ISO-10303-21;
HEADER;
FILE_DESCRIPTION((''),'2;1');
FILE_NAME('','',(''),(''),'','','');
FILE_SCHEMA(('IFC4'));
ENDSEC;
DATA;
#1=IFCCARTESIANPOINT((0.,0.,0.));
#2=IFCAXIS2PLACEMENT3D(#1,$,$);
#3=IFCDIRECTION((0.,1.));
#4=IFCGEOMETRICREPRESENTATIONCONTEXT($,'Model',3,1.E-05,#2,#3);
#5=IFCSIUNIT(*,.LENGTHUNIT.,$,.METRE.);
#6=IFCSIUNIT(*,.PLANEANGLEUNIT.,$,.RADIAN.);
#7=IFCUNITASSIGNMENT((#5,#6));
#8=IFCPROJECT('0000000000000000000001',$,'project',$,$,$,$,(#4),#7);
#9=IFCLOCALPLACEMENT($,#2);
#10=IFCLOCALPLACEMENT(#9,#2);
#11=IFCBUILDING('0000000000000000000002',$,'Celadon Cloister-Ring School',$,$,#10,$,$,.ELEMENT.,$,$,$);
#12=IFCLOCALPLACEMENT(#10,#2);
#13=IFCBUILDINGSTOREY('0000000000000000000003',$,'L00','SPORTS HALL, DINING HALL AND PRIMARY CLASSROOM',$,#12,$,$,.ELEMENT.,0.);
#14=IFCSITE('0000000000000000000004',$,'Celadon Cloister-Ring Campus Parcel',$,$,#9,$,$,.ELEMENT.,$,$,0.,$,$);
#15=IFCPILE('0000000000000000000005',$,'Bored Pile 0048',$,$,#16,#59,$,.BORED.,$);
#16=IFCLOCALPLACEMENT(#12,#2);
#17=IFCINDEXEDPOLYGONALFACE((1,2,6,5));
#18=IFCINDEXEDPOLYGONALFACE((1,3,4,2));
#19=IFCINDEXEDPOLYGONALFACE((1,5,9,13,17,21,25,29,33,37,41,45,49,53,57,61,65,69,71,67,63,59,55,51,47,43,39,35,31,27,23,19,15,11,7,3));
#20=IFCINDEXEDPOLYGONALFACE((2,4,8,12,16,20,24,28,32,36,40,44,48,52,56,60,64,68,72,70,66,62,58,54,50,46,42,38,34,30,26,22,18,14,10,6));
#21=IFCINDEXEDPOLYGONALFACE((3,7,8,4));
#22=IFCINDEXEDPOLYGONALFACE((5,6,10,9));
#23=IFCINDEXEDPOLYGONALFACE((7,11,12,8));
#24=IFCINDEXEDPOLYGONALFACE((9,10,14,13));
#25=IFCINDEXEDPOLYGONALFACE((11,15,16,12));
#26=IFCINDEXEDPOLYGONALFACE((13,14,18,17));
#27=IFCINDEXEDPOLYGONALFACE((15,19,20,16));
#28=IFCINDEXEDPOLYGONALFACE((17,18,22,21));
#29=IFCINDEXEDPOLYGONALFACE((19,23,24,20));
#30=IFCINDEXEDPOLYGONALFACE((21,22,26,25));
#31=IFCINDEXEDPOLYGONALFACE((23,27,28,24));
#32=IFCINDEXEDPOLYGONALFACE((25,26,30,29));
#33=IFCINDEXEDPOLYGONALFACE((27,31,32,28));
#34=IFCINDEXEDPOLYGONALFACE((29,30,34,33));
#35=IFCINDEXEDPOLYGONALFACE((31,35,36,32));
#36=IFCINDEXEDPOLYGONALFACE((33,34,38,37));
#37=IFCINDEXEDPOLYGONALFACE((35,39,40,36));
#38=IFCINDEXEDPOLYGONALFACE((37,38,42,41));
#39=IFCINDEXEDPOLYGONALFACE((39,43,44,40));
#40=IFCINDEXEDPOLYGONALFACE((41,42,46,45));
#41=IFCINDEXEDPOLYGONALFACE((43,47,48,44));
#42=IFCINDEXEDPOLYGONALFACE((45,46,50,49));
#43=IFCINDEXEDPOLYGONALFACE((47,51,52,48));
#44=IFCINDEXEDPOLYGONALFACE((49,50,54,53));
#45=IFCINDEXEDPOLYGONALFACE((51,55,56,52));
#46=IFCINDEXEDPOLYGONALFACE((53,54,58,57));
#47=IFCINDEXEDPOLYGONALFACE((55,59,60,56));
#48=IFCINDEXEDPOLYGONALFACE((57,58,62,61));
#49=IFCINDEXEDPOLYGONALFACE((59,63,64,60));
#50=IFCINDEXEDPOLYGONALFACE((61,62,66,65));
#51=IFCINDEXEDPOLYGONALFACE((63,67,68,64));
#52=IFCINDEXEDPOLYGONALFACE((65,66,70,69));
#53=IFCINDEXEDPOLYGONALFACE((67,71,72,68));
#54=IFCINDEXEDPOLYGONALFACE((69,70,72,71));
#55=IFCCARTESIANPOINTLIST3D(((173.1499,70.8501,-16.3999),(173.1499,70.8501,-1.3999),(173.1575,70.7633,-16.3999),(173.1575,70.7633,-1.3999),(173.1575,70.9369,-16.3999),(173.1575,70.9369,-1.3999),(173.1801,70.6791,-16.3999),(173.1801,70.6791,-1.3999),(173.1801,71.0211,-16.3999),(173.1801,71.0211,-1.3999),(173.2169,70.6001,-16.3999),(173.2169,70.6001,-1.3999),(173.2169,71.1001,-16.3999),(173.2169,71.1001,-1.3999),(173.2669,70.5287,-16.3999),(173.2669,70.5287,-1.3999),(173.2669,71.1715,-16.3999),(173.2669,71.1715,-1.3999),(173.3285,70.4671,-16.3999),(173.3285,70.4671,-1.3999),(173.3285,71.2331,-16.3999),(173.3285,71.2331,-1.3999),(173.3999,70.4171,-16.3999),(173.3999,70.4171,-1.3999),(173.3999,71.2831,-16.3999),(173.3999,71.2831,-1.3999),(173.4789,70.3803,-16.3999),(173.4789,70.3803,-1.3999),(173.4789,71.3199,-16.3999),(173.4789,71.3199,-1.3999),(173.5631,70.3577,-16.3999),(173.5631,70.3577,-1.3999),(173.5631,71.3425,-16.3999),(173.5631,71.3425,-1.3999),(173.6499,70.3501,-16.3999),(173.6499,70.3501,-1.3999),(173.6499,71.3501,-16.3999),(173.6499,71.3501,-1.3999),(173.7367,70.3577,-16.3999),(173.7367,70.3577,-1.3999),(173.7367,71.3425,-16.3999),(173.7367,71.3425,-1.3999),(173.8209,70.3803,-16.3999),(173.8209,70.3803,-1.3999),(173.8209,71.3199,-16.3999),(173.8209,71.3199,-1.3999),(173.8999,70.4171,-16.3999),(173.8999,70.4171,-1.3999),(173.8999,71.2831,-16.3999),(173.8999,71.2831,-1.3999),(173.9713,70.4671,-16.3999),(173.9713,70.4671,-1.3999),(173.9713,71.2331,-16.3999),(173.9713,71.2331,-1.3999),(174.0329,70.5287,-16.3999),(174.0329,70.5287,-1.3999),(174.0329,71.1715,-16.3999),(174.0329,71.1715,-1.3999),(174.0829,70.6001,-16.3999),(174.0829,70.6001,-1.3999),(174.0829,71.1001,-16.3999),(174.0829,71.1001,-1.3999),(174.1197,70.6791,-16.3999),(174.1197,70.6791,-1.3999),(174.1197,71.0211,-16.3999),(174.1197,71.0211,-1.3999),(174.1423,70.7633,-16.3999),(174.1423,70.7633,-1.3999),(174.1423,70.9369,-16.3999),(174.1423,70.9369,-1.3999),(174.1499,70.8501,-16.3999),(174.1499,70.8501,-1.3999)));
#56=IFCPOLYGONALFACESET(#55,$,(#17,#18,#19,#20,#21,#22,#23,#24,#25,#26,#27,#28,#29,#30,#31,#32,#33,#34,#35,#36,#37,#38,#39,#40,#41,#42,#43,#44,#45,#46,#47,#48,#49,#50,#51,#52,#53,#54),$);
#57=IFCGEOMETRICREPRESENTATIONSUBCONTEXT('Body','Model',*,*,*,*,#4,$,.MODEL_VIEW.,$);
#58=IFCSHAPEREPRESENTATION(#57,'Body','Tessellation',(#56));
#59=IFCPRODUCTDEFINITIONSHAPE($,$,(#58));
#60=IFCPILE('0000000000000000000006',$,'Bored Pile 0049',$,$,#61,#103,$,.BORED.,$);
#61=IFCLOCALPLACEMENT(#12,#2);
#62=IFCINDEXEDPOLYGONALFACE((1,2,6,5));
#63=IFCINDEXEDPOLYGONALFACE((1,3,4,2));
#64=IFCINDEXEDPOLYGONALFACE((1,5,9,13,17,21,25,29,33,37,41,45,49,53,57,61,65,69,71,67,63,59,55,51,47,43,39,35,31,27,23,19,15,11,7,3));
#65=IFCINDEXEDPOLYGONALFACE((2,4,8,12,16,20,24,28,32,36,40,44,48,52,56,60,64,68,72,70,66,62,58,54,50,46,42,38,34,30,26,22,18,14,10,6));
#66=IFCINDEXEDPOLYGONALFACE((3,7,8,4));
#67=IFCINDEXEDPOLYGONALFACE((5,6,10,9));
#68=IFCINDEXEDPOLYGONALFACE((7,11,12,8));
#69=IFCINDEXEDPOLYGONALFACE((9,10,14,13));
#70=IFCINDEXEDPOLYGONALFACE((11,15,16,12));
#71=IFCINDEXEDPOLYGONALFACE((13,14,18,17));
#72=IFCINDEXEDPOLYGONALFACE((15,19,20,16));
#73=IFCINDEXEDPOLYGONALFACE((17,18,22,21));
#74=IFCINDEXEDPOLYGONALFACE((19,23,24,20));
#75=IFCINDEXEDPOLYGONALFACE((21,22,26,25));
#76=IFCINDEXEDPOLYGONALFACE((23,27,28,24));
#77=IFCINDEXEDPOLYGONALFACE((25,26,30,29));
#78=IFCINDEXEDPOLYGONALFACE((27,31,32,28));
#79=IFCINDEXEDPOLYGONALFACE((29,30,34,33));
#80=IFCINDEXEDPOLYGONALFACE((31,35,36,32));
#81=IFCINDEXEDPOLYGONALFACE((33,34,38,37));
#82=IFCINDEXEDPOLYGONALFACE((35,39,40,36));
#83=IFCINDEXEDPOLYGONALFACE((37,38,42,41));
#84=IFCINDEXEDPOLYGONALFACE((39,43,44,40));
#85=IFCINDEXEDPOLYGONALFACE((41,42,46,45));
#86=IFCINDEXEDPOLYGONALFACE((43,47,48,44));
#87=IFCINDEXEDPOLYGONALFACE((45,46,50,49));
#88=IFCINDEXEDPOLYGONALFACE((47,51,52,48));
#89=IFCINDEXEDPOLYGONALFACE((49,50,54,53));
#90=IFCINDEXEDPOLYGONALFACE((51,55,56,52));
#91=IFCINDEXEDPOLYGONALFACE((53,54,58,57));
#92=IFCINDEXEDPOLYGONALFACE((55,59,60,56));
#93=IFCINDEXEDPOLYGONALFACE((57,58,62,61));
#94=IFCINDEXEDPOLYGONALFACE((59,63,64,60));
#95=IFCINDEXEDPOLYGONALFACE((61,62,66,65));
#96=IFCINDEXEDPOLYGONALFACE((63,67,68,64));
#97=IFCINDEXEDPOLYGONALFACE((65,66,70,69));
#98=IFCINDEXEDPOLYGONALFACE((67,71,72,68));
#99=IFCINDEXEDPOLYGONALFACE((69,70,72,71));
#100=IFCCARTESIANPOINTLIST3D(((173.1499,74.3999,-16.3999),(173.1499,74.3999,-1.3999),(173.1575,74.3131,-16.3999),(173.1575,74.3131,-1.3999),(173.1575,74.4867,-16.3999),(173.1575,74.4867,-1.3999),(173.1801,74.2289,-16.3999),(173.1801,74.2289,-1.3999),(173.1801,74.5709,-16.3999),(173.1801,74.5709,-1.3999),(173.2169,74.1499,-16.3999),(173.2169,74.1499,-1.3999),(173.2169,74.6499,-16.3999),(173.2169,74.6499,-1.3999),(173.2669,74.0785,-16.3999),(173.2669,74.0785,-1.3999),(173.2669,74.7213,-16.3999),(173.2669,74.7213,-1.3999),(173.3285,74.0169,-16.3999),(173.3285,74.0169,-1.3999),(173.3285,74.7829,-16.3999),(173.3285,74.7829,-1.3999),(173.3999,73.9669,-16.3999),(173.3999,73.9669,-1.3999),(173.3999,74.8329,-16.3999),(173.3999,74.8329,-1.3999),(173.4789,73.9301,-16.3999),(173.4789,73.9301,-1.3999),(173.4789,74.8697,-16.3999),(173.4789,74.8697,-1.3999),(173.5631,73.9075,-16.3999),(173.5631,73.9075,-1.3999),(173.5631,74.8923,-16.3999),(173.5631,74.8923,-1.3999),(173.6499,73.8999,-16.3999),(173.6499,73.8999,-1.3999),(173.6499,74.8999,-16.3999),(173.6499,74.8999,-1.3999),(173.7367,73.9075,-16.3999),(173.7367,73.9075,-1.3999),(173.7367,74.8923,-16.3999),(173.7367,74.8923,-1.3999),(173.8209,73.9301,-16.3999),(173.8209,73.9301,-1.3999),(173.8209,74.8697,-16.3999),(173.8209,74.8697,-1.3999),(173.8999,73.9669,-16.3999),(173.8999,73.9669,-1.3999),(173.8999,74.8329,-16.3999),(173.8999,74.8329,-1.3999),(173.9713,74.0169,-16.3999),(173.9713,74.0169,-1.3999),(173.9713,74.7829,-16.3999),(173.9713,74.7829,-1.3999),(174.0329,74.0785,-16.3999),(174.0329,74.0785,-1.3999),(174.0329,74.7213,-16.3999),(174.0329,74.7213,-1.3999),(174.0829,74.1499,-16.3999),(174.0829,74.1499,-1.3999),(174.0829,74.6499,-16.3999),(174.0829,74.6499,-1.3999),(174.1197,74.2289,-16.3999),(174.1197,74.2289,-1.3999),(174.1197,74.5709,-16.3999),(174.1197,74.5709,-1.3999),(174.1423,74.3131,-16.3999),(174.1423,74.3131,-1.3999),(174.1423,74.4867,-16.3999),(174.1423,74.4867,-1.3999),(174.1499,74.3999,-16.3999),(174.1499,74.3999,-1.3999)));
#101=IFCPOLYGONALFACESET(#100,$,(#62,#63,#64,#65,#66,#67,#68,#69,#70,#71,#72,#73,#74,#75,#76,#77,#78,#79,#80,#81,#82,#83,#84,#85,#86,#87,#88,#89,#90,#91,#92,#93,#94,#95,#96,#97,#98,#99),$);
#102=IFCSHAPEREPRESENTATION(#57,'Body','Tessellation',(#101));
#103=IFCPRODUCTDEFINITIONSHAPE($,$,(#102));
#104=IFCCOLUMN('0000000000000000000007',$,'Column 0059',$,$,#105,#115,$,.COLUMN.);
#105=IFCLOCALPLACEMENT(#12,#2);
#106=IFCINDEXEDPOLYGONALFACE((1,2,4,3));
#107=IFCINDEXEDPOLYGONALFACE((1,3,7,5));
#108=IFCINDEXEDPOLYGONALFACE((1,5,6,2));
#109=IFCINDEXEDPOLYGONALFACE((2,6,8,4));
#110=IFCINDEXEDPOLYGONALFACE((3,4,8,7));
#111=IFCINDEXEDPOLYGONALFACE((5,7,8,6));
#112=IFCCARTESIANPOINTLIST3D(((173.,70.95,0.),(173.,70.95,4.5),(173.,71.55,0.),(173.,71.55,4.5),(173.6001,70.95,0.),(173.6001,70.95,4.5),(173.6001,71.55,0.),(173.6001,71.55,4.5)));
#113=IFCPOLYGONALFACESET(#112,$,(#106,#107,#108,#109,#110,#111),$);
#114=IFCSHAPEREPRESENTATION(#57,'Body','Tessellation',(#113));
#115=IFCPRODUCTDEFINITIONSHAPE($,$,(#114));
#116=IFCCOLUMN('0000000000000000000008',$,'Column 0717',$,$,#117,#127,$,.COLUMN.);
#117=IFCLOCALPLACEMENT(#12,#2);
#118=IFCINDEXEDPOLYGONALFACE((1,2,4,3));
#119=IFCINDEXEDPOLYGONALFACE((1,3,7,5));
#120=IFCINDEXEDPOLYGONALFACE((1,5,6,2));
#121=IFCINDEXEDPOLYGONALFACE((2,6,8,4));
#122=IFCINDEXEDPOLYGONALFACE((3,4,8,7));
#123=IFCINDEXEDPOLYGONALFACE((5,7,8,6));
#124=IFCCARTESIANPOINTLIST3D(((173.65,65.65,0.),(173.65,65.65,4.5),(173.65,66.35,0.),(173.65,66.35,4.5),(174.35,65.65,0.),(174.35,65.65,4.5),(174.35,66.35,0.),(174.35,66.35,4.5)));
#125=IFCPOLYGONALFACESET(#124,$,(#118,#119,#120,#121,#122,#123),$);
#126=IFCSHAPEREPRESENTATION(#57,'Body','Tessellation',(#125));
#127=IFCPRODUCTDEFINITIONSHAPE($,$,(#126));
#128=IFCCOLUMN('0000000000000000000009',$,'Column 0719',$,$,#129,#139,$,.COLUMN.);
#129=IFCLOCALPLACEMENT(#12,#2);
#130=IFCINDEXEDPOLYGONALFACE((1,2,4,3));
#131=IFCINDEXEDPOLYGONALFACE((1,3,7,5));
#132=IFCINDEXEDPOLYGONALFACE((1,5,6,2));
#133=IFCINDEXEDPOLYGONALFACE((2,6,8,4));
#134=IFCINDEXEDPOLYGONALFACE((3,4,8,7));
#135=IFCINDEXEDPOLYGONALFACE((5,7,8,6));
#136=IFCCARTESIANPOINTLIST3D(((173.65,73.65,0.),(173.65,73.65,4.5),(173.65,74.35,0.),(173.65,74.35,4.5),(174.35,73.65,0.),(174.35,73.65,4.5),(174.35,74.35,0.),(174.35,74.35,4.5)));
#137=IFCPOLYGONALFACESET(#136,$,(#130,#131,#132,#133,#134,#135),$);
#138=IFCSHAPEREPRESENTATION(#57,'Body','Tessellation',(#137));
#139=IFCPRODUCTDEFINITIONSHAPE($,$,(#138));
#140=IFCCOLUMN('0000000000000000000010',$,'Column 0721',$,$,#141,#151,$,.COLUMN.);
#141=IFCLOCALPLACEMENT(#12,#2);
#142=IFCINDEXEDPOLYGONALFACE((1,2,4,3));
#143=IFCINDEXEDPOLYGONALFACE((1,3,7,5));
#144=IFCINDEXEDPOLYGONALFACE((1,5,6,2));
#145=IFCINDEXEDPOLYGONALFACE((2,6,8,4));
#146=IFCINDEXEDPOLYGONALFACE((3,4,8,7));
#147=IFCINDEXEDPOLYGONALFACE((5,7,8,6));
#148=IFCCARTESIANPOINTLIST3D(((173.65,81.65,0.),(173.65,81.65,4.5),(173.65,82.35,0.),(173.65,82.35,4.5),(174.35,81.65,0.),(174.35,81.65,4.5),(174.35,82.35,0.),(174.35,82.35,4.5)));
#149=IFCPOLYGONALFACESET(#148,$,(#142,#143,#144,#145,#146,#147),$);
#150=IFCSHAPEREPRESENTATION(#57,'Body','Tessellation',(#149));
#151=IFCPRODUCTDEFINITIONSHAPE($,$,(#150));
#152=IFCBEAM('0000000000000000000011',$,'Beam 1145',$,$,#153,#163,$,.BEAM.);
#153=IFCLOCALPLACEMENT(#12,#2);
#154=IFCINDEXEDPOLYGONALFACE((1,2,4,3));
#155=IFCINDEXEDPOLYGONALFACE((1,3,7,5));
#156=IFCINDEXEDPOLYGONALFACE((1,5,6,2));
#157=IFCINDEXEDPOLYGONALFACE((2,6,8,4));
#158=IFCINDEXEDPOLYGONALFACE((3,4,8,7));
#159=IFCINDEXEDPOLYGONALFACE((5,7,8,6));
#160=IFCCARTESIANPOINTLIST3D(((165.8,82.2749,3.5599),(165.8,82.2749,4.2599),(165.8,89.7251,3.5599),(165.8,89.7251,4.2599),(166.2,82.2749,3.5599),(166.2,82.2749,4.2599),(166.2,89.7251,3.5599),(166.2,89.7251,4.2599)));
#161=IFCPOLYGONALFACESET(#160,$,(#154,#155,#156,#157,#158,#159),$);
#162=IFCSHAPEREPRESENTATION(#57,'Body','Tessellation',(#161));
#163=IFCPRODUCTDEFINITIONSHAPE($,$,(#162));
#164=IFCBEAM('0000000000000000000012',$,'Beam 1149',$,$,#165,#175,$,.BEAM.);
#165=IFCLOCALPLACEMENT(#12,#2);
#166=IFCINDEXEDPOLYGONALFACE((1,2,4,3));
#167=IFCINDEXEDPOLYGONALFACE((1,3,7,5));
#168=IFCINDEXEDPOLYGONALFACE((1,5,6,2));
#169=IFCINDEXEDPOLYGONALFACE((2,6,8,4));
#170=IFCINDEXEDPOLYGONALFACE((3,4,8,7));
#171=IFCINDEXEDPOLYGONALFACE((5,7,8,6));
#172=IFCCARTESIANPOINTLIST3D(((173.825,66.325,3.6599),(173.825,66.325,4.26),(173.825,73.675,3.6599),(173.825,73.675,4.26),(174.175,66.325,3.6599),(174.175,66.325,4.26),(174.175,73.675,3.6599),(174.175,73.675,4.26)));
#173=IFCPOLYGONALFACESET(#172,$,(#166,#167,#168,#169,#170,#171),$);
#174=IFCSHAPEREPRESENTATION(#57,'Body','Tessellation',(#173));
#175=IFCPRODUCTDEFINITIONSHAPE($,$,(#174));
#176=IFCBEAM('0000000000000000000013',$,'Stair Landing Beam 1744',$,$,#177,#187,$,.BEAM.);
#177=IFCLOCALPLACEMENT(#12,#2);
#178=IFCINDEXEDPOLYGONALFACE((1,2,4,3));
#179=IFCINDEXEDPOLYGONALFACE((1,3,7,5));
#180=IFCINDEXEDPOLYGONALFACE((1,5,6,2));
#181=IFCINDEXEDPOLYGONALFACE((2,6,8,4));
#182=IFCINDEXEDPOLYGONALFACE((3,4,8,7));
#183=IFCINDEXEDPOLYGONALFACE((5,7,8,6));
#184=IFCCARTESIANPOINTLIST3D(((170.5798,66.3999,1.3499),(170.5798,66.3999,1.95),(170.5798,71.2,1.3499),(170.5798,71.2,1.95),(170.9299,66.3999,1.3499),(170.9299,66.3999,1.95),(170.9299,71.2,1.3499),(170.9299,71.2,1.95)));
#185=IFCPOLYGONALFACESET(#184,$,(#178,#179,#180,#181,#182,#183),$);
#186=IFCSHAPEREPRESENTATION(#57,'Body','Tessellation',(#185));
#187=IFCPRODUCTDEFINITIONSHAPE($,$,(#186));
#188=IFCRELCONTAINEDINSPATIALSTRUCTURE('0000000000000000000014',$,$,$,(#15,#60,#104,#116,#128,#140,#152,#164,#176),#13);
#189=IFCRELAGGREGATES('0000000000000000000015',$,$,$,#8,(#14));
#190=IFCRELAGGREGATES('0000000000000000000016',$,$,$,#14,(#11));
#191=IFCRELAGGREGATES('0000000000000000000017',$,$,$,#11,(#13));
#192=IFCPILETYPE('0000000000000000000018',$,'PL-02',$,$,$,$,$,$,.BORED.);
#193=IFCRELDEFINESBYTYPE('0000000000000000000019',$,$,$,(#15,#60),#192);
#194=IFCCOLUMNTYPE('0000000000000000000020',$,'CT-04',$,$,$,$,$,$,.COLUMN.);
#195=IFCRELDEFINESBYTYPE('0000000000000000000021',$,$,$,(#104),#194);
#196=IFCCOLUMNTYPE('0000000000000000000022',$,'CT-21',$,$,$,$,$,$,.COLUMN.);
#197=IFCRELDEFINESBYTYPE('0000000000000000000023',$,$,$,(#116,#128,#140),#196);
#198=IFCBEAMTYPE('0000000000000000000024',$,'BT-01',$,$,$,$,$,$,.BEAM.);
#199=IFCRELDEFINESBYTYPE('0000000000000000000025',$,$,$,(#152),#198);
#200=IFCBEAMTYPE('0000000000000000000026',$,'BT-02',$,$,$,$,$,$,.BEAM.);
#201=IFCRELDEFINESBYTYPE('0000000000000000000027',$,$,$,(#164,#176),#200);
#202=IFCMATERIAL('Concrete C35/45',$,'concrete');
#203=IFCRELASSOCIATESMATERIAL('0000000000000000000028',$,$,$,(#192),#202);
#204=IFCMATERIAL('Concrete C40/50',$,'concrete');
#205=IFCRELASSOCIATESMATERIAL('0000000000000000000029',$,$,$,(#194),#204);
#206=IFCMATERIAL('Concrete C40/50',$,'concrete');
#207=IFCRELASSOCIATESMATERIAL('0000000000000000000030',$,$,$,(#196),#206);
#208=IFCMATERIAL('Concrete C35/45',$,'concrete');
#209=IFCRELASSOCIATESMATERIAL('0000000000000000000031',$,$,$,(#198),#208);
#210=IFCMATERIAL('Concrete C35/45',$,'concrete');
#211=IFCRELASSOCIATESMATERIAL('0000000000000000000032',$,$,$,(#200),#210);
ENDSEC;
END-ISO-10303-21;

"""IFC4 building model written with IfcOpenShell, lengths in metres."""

from ifc_helpers import new_model, si_unit, direction, frame, origin, origin_2d, place, context, subcontext, project, spatial, rectangle, circle, extrude, material, material_profile, profile_set, type_object, element, save


model = new_model("IFC4")

# Units and contexts
model_context = context("Model", 3, precision=1e-05, world=origin(), true_north=direction((0.0, 1.0)))
body_context = subcontext(model_context, "Body", "Model", "MODEL_VIEW")
ifc_project = project(units=[si_unit("LENGTHUNIT", "METRE"), si_unit("PLANEANGLEUNIT", "RADIAN")], contexts=[model_context])

# Site, building, storey
site_placement = place(None, origin())
site = spatial("IfcSite", under=ifc_project, at=site_placement, Name="Celadon Cloister-Ring Campus Parcel", CompositionType="ELEMENT", RefElevation=0.0)
building_placement = place(site_placement, origin())
building = spatial("IfcBuilding", under=site, at=building_placement, Name="Celadon Cloister-Ring School", CompositionType="ELEMENT")
storey_placement = place(building_placement, origin())
storey = spatial("IfcBuildingStorey", under=building, at=storey_placement, Name="L00", Description="SPORTS HALL, DINING HALL AND PRIMARY CLASSROOM", CompositionType="ELEMENT", Elevation=0.0)

# Piles
ifc_material_1 = material(Name="Concrete C35/45", Category="concrete")
ifc_material_profile_1 = material_profile(ifc_material_1, circle(Radius=0.5, at=origin_2d()), Name="PILE1000")
ifc_profile_set_1 = profile_set([ifc_material_profile_1], Name="Concrete C35/45")
pile_type_1 = type_object("IfcPileType", Name="PL-02", PredefinedType="BORED", material=ifc_profile_set_1)
for number, where, z_axis, x_axis, name in (
    (1, (173.6499, 70.8501, -1.3999), (0.0, 0.0, -1.0), (1.0, 0.0, 0.0), "Bored Pile 0048"),
    (2, (173.6499, 74.3999, -1.3999), (0.0, 0.0, -1.0), (1.0, 0.0, 0.0), "Bored Pile 0049"),
):
    element("IfcPile", number, at=place(storey_placement, frame(where, z_axis=z_axis, x_axis=x_axis)), inside=storey, type_object=pile_type_1, Name=name, PredefinedType="BORED", context=body_context, shape_type="SweptSolid", body=[
        extrude(circle(Radius=0.5, at=origin_2d()), origin(), (0.0, 0.0, 1.0), 15.0),
    ])

# Columns
ifc_material_2 = material(Name="Concrete C40/50", Category="concrete")
ifc_material_profile_2 = material_profile(ifc_material_2, rectangle(XDim=0.6001, YDim=0.6001, at=origin_2d()), Name="RC600X600")
ifc_profile_set_2 = profile_set([ifc_material_profile_2], Name="Concrete C40/50")
column_type_1 = type_object("IfcColumnType", Name="CT-04", PredefinedType="COLUMN", material=ifc_profile_set_2)
column_placement = place(storey_placement, frame((173.3, 71.25, 0.0), z_axis=(0.0, 0.0, 1.0), x_axis=(1.0, 0.0, 0.0)))
element("IfcColumn", 3, at=column_placement, inside=storey, type_object=column_type_1, Name="Column 0059", PredefinedType="COLUMN", context=body_context, shape_type="SweptSolid", body=[
    extrude(rectangle(XDim=0.6001, YDim=0.6001, at=origin_2d()), origin(), (0.0, 0.0, 1.0), 4.5),
])
ifc_material_3 = material(Name="Concrete C40/50", Category="concrete")
ifc_material_profile_3 = material_profile(ifc_material_3, rectangle(XDim=0.7, YDim=0.7, at=origin_2d()), Name="RC700X700")
ifc_profile_set_3 = profile_set([ifc_material_profile_3], Name="Concrete C40/50")
column_type_2 = type_object("IfcColumnType", Name="CT-21", PredefinedType="COLUMN", material=ifc_profile_set_3)
for number, where, z_axis, x_axis, name in (
    (4, (174.0, 66.0, 0.0), (0.0, 0.0, 1.0), (1.0, 0.0, 0.0), "Column 0717"),
    (5, (174.0, 74.0, 0.0), (0.0, 0.0, 1.0), (1.0, 0.0, 0.0), "Column 0719"),
    (6, (174.0, 82.0, 0.0), (0.0, 0.0, 1.0), (1.0, 0.0, 0.0), "Column 0721"),
):
    element("IfcColumn", number, at=place(storey_placement, frame(where, z_axis=z_axis, x_axis=x_axis)), inside=storey, type_object=column_type_2, Name=name, PredefinedType="COLUMN", context=body_context, shape_type="SweptSolid", body=[
        extrude(rectangle(XDim=0.7, YDim=0.7, at=origin_2d()), origin(), (0.0, 0.0, 1.0), 4.5),
    ])

# Beams
ifc_material_4 = material(Name="Concrete C35/45", Category="concrete")
ifc_material_profile_4 = material_profile(ifc_material_4, rectangle(XDim=0.3999, YDim=0.7, at=origin_2d()), Name="RC400X700")
ifc_profile_set_4 = profile_set([ifc_material_profile_4], Name="Concrete C35/45")
beam_type_1 = type_object("IfcBeamType", Name="BT-01", PredefinedType="BEAM", material=ifc_profile_set_4)
beam_1_placement = place(storey_placement, frame((166.0, 82.2749, 3.9099), z_axis=(0.0, 1.0, 0.0), x_axis=(-1.0, 0.0, 0.0)))
element("IfcBeam", 7, at=beam_1_placement, inside=storey, type_object=beam_type_1, Name="Beam 1145", PredefinedType="BEAM", context=body_context, shape_type="SweptSolid", body=[
    extrude(rectangle(XDim=0.3999, YDim=0.7, at=origin_2d()), origin(), (0.0, 0.0, 1.0), 7.4502),
])
ifc_material_5 = material(Name="Concrete C35/45", Category="concrete")
ifc_material_profile_5 = material_profile(ifc_material_5, rectangle(XDim=0.3501, YDim=0.6001, at=origin_2d()), Name="RC350X600")
ifc_profile_set_5 = profile_set([ifc_material_profile_5], Name="Concrete C35/45")
beam_type_2 = type_object("IfcBeamType", Name="BT-02", PredefinedType="BEAM", material=ifc_profile_set_5)
beam_2_placement = place(storey_placement, frame((174.0, 66.325, 3.96), z_axis=(0.0, 1.0, 0.0), x_axis=(-1.0, 0.0, 0.0)))
element("IfcBeam", 8, at=beam_2_placement, inside=storey, type_object=beam_type_2, Name="Beam 1149", PredefinedType="BEAM", context=body_context, shape_type="SweptSolid", body=[
    extrude(rectangle(XDim=0.3501, YDim=0.6001, at=origin_2d()), origin(), (0.0, 0.0, 1.0), 7.3501),
])
beam_3_placement = place(storey_placement, frame((170.7549, 66.3999, 1.6499), z_axis=(0.0, 1.0, 0.0), x_axis=(-1.0, 0.0, 0.0)))
element("IfcBeam", 9, at=beam_3_placement, inside=storey, type_object=beam_type_2, Name="Stair Landing Beam 1744", PredefinedType="BEAM", context=body_context, shape_type="SweptSolid", body=[
    extrude(rectangle(XDim=0.3501, YDim=0.6001, at=origin_2d()), origin(), (0.0, 0.0, 1.0), 4.8),
])

save(model, "model.ifc")
